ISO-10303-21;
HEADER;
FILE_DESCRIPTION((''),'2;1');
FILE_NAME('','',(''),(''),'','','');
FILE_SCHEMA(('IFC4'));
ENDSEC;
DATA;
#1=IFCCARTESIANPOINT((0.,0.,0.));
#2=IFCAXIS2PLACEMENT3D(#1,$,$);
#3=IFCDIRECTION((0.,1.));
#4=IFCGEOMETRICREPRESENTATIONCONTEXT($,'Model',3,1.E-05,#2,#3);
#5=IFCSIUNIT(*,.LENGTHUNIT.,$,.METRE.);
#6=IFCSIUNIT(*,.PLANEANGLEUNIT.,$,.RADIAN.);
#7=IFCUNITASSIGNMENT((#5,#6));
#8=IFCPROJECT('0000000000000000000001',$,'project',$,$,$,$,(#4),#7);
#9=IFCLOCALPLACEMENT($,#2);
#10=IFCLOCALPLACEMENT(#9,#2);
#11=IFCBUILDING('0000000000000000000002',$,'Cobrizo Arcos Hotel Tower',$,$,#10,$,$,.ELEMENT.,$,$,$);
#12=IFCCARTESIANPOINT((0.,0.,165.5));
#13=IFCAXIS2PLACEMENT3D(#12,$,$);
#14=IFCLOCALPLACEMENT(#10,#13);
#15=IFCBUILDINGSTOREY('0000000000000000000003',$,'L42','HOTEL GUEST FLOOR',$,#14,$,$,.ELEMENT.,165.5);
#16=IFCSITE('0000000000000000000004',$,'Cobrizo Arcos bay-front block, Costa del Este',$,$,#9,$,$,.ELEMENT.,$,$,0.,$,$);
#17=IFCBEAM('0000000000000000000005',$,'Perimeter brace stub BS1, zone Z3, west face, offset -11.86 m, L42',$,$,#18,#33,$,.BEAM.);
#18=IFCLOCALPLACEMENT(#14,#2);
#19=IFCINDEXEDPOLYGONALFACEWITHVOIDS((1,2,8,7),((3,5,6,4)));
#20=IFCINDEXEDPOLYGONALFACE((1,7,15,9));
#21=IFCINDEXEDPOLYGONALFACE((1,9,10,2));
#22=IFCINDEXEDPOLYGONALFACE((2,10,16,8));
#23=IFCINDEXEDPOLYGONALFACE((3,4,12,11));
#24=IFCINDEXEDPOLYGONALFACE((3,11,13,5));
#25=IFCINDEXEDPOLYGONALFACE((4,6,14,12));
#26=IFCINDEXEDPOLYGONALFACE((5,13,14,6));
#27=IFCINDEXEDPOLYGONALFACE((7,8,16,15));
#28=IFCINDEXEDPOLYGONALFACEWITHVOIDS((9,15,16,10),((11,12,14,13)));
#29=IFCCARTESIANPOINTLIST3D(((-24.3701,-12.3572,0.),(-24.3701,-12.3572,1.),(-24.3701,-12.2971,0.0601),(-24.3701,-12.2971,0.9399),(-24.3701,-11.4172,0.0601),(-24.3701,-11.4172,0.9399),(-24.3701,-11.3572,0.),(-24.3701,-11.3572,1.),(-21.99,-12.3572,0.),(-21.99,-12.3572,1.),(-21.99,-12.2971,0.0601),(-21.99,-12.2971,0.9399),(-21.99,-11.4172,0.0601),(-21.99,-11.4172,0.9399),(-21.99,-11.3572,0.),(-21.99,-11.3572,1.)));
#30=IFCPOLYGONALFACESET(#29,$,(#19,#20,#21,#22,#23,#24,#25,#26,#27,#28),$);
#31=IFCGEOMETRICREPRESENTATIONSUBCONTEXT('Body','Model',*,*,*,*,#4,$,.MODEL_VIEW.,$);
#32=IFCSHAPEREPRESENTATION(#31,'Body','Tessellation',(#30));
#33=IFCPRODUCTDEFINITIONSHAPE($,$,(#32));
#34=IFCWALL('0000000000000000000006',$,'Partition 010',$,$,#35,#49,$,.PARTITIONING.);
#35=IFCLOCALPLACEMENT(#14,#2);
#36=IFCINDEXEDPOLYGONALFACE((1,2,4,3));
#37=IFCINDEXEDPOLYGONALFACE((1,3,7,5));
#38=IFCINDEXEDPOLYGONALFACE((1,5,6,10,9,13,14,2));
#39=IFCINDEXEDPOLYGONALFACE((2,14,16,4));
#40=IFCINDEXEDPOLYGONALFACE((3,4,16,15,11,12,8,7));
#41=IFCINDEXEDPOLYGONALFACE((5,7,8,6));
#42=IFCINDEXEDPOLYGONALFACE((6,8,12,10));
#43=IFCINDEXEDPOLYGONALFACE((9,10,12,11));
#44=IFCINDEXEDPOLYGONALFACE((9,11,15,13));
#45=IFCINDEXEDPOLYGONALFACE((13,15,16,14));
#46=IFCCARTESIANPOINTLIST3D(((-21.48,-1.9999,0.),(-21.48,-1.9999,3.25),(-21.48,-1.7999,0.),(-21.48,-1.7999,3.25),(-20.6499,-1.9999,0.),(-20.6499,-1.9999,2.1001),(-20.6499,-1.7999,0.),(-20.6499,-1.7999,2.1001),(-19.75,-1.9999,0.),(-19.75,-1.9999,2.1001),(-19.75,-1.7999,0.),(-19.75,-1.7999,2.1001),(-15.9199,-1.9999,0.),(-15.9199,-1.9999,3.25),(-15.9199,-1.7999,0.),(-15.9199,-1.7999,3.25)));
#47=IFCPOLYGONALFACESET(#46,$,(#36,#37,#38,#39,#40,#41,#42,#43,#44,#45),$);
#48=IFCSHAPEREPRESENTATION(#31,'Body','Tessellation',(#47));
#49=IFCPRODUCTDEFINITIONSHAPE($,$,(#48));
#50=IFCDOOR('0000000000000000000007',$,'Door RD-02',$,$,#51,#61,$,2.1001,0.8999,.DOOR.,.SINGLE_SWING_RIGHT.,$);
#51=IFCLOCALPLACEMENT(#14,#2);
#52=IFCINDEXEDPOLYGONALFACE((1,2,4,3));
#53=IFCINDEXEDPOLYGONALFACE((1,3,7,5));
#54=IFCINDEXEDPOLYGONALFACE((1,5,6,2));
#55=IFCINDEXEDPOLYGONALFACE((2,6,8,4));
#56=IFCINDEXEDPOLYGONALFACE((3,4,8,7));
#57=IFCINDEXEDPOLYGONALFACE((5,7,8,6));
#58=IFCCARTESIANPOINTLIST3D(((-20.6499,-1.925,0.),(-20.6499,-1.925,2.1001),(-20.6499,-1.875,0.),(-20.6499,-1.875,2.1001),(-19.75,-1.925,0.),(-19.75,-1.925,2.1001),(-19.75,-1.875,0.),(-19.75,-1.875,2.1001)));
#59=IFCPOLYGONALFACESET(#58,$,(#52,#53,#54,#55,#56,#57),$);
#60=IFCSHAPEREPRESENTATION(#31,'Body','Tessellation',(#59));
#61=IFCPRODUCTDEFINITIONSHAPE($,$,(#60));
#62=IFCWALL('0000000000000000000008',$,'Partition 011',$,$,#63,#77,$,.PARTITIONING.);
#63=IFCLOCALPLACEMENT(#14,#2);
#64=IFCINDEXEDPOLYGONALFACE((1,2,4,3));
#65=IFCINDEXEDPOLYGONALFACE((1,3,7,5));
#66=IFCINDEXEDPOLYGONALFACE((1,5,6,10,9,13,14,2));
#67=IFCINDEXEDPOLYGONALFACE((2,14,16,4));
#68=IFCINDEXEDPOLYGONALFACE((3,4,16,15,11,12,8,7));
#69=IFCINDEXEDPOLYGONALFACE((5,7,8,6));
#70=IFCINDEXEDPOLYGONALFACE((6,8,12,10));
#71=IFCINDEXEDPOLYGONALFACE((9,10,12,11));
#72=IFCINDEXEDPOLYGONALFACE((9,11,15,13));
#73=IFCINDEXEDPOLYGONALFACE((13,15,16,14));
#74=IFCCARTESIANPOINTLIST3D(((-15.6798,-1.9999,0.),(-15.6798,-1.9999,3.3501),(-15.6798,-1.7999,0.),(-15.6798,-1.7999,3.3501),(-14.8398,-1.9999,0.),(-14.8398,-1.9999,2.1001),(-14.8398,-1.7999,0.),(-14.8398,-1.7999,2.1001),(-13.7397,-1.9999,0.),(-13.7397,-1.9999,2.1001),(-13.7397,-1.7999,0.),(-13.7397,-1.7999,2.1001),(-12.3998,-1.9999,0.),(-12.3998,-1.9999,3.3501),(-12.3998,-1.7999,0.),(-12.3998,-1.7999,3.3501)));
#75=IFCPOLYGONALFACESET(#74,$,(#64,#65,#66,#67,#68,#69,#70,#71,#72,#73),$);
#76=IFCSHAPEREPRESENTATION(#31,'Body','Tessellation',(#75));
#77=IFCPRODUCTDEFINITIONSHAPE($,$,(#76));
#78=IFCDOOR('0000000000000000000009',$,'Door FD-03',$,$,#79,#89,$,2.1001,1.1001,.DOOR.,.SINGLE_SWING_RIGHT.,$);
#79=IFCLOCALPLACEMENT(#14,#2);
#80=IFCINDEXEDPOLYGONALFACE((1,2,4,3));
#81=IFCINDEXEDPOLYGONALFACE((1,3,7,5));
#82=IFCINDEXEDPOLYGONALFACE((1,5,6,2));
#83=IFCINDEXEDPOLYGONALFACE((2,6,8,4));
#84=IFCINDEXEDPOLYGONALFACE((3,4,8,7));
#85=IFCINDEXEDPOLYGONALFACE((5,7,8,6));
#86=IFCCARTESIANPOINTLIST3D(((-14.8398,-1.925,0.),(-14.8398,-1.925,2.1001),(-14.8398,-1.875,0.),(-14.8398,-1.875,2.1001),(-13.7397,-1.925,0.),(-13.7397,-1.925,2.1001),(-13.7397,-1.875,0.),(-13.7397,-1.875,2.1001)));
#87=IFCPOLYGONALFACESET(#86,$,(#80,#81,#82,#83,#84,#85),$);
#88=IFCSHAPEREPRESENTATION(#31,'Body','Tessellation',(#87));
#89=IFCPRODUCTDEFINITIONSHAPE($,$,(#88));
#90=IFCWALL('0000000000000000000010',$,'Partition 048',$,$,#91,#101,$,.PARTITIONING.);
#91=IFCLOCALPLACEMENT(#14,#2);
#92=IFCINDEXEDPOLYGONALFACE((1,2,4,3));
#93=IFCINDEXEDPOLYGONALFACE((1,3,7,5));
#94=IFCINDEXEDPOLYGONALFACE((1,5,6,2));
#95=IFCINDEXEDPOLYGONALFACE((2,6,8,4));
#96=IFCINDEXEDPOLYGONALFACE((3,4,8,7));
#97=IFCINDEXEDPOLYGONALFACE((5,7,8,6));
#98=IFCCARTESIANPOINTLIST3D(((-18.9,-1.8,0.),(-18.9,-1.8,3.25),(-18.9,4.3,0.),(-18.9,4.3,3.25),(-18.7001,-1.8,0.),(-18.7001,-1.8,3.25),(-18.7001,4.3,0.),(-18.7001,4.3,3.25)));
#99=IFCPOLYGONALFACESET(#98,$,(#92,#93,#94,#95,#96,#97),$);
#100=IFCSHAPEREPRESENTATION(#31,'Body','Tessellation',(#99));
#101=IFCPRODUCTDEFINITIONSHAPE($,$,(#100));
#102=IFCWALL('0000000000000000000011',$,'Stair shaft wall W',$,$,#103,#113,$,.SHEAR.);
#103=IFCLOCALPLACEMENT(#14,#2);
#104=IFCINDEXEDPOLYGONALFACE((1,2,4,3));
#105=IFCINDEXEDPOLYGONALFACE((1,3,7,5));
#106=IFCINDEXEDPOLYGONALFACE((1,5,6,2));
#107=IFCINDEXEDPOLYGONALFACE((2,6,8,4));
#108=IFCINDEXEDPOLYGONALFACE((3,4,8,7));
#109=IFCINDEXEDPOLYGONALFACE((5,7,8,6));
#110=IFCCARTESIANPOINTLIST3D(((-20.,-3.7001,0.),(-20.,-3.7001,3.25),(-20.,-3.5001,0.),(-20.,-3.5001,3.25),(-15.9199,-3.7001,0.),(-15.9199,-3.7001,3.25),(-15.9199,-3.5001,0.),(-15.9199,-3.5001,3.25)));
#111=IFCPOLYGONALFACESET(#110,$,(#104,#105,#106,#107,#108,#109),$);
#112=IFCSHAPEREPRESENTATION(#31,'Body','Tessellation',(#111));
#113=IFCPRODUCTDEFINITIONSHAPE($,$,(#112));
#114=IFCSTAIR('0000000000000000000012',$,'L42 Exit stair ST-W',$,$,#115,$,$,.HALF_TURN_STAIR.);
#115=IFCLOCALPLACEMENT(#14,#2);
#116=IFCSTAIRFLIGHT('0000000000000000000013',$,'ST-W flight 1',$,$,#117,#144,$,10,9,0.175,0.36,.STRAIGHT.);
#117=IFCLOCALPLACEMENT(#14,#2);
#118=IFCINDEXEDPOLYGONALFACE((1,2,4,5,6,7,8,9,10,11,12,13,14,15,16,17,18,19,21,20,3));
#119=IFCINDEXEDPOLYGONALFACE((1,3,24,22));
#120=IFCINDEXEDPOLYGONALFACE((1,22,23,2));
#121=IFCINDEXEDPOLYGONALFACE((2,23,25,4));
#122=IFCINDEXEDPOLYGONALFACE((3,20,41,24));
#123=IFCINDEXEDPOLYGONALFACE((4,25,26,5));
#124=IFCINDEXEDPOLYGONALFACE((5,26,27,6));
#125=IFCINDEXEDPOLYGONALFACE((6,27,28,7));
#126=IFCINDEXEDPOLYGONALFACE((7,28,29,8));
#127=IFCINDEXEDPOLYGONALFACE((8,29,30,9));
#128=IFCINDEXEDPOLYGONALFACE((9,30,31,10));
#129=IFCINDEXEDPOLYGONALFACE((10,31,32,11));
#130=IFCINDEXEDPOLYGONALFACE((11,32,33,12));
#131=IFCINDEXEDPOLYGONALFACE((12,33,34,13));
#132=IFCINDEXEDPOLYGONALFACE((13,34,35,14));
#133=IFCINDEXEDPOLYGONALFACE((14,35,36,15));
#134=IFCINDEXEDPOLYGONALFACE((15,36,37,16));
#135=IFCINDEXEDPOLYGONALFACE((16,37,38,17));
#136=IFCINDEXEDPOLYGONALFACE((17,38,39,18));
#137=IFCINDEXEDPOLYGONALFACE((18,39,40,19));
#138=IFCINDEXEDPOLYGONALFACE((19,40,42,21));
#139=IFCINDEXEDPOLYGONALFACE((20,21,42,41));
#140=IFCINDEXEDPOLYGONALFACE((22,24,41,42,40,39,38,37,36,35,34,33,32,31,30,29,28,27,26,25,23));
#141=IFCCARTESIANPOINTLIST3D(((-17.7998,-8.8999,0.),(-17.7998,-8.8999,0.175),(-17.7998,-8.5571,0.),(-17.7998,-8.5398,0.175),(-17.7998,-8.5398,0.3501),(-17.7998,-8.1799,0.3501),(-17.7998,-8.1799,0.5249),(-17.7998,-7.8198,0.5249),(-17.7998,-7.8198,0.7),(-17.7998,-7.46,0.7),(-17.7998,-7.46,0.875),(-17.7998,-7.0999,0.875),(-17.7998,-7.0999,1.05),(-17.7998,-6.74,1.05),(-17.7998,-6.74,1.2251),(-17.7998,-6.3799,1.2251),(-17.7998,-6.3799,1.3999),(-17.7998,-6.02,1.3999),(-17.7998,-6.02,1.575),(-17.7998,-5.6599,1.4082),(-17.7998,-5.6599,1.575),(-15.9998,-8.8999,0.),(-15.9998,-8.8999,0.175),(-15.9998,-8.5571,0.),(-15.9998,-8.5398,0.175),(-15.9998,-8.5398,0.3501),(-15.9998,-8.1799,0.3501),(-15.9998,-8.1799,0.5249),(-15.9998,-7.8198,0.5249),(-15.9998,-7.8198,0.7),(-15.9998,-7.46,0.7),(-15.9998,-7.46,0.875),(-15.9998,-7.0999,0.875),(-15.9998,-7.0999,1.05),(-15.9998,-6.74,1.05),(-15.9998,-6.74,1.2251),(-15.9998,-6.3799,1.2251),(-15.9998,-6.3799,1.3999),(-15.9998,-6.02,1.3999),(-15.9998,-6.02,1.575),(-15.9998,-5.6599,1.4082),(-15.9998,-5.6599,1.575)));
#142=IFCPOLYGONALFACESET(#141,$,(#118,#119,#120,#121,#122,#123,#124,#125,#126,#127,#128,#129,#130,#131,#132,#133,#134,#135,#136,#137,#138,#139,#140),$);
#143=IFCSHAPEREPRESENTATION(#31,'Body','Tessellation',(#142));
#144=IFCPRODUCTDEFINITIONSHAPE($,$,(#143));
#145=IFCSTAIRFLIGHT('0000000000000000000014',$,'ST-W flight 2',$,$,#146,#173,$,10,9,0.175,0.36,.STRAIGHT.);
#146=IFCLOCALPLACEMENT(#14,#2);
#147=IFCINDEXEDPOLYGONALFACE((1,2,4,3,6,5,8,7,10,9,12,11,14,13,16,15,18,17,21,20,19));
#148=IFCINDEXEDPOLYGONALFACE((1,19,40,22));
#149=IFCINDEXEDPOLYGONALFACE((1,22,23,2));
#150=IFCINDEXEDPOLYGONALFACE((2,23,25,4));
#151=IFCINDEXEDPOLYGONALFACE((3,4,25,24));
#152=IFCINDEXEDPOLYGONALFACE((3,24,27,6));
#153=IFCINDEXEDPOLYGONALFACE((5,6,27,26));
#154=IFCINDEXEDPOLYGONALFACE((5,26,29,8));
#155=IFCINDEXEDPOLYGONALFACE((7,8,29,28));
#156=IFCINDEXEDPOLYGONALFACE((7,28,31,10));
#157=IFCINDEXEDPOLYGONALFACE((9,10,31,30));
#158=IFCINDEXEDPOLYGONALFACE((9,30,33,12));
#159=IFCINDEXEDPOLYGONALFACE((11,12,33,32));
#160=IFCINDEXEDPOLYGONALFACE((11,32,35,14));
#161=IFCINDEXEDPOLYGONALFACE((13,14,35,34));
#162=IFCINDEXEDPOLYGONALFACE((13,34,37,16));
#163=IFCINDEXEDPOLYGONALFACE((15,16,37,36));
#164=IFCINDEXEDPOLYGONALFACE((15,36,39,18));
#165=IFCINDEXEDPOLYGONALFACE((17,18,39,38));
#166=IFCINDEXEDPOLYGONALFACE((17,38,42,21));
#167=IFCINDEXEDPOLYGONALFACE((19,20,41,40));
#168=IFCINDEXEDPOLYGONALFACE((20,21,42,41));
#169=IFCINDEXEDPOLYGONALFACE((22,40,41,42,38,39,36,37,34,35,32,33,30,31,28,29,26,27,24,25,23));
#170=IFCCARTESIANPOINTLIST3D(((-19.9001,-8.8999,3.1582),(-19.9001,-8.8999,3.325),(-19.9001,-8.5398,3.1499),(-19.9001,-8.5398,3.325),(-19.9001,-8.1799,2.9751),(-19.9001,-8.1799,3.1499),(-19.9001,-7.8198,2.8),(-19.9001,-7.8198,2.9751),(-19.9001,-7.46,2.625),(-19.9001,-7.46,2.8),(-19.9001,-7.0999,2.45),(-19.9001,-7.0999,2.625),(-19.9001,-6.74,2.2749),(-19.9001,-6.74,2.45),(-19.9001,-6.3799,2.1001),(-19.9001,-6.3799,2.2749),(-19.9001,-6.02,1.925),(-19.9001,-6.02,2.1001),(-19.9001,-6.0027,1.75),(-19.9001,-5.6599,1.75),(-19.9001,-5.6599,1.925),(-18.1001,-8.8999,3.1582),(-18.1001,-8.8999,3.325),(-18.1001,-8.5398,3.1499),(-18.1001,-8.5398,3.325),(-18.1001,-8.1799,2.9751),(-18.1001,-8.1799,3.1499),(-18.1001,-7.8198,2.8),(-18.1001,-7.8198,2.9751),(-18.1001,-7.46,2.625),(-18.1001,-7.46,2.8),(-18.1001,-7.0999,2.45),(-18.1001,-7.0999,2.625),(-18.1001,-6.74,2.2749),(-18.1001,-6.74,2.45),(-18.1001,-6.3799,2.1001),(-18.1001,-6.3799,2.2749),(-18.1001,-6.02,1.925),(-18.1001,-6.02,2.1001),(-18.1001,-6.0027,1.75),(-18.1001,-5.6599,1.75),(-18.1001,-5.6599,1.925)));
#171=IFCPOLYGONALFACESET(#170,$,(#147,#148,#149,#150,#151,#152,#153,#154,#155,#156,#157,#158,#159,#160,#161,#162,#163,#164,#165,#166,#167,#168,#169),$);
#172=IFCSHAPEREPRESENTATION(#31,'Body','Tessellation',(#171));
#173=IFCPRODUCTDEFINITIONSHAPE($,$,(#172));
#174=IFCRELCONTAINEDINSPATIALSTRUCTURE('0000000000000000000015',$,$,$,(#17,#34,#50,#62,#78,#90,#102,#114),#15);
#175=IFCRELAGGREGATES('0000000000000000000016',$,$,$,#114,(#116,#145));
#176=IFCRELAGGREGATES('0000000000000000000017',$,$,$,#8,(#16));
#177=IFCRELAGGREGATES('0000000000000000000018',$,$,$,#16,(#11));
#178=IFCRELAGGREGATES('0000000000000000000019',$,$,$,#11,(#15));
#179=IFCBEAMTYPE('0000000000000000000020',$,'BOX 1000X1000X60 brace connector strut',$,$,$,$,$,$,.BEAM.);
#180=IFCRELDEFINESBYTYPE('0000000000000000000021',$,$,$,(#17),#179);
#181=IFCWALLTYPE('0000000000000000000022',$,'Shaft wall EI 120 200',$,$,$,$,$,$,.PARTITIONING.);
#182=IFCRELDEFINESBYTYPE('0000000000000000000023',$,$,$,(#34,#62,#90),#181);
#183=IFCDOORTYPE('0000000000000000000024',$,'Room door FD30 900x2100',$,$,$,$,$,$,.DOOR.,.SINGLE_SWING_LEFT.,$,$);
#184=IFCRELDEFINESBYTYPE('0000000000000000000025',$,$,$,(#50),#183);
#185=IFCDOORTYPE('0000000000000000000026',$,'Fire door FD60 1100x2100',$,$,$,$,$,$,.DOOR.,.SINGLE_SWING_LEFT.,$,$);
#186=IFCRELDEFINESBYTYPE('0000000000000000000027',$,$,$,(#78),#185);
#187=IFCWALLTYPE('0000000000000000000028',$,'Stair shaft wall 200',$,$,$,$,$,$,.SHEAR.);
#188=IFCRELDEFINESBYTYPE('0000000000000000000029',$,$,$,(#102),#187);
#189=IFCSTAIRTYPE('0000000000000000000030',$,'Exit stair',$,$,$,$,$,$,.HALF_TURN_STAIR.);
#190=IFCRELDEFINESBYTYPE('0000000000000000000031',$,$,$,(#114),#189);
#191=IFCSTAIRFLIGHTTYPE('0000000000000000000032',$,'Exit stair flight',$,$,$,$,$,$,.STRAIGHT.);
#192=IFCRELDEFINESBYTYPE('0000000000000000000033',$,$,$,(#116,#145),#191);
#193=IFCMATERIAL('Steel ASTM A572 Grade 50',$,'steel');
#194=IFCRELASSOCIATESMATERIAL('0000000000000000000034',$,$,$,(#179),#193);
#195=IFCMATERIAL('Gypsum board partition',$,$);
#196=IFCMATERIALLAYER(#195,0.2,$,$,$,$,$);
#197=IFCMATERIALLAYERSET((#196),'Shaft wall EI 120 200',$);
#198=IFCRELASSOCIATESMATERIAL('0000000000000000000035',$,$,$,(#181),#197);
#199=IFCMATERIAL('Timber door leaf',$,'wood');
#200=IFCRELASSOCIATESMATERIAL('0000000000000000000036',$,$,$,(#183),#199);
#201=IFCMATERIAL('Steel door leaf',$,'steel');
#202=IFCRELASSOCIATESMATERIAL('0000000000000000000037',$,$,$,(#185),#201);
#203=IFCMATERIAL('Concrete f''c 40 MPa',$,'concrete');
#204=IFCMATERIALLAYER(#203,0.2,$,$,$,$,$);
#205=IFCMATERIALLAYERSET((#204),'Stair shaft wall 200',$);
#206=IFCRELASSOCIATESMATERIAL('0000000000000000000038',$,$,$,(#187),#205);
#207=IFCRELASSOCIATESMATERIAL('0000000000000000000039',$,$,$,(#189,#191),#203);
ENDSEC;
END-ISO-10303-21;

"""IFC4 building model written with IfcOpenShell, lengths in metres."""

from ifc_helpers import new_model, si_unit, direction, frame, frame_2d, origin, origin_2d, place, context, subcontext, project, spatial, polyline, rectangle, hollow_rectangle, outline, extrude, material, layer, layer_set, material_profile, profile_set, type_object, element, fill, aggregate, save


model = new_model("IFC4")

# Units and contexts
model_context = context("Model", 3, precision=1e-05, world=origin(), true_north=direction((0.0, 1.0)))
body_context = subcontext(model_context, "Body", "Model", "MODEL_VIEW")
ifc_project = project(units=[si_unit("LENGTHUNIT", "METRE"), si_unit("PLANEANGLEUNIT", "RADIAN")], contexts=[model_context])

# Site, building, storey
site_placement = place(None, origin())
site = spatial("IfcSite", under=ifc_project, at=site_placement, Name="Cobrizo Arcos bay-front block, Costa del Este", CompositionType="ELEMENT", RefElevation=0.0)
building_placement = place(site_placement, origin())
building = spatial("IfcBuilding", under=site, at=building_placement, Name="Cobrizo Arcos Hotel Tower", CompositionType="ELEMENT")
storey_placement = place(building_placement, frame((0.0, 0.0, 165.5)))
storey = spatial("IfcBuildingStorey", under=building, at=storey_placement, Name="L42", Description="HOTEL GUEST FLOOR", CompositionType="ELEMENT", Elevation=165.5)

# Beam
ifc_material_1 = material(Name="Steel ASTM A572 Grade 50", Category="steel")
ifc_material_profile = material_profile(ifc_material_1, hollow_rectangle(XDim=1.0, YDim=1.0, WallThickness=0.0601, at=origin_2d()), Name="BOX 1000X1000X60")
ifc_profile_set = profile_set([ifc_material_profile], Name="Steel ASTM A572 Grade 50")
beam_type = type_object("IfcBeamType", Name="BOX 1000X1000X60 brace connector strut", PredefinedType="BEAM", material=ifc_profile_set)
beam_placement = place(storey_placement, frame((-21.99, -11.8572, 0.5), z_axis=(-1.0, 0.0, 0.0), x_axis=(0.0, -1.0, 0.0)))
element("IfcBeam", 1, at=beam_placement, inside=storey, type_object=beam_type, Name="Perimeter brace stub BS1, zone Z3, west face, offset -11.86 m, L42", PredefinedType="BEAM", context=body_context, shape_type="SweptSolid", body=[
    extrude(hollow_rectangle(XDim=1.0, YDim=1.0, WallThickness=0.0601, at=origin_2d()), origin(), (0.0, 0.0, 1.0), 2.3801),
])

# Walls, openings, doors
ifc_material_2 = material(Name="Gypsum board partition")
ifc_layer_1 = layer(ifc_material_2, 0.2)
ifc_layer_set_1 = layer_set([ifc_layer_1], Name="Shaft wall EI 120 200")
wall_type_1 = type_object("IfcWallType", Name="Shaft wall EI 120 200", PredefinedType="PARTITIONING", material=ifc_layer_set_1)
wall_1_placement = place(storey_placement, frame((-21.48, -1.8999, 0.0), z_axis=(0.0, 0.0, 1.0), x_axis=(1.0, 0.0, 0.0)))
wall_1 = element("IfcWall", 2, at=wall_1_placement, inside=storey, type_object=wall_type_1, Name="Partition 010", PredefinedType="PARTITIONING", context=body_context, shape_type="SweptSolid", body=[
    extrude(rectangle(XDim=5.5601, YDim=0.2, at=frame_2d((2.78, 0.0))), origin(), (0.0, 0.0, 1.0), 3.25),
])
opening_1_placement = place(wall_1_placement, frame((0.8301, 0.0, 0.0)))
opening_1 = element("IfcOpeningElement", 3, at=opening_1_placement, cuts=wall_1, PredefinedType="OPENING", context=body_context, shape_type="SweptSolid", body=[
    extrude(rectangle(XDim=0.8999, YDim=2.1001, at=frame_2d((0.45, 1.05))), frame((0.0, 0.1121, 0.0), z_axis=(0.0, -1.0, 0.0), x_axis=(1.0, 0.0, 0.0)), (0.0, 0.0, 1.0), 0.2239),
])
ifc_material_3 = material(Name="Timber door leaf", Category="wood")
door_type_1 = type_object("IfcDoorType", Name="Room door FD30 900x2100", OperationType="SINGLE_SWING_LEFT", PredefinedType="DOOR", material=ifc_material_3)
door_1_placement = place(opening_1_placement, origin())
door_1 = element("IfcDoor", 4, at=door_1_placement, inside=storey, type_object=door_type_1, Name="Door RD-02", OperationType="SINGLE_SWING_RIGHT", OverallHeight=2.1001, OverallWidth=0.8999, PredefinedType="DOOR", context=body_context, shape_type="SweptSolid", body=[
    extrude(rectangle(XDim=0.8999, YDim=2.1001, at=frame_2d((0.45, 1.05))), frame((0.0, 0.0249, 0.0), z_axis=(0.0, -1.0, 0.0), x_axis=(1.0, 0.0, 0.0)), (0.0, 0.0, 1.0), 0.05),
])
fill(opening_1, door_1)
wall_2_placement = place(storey_placement, frame((-15.6799, -1.8999, 0.0), z_axis=(0.0, 0.0, 1.0), x_axis=(1.0, 0.0, 0.0)))
wall_2 = element("IfcWall", 5, at=wall_2_placement, inside=storey, type_object=wall_type_1, Name="Partition 011", PredefinedType="PARTITIONING", context=body_context, shape_type="SweptSolid", body=[
    extrude(rectangle(XDim=3.28, YDim=0.2, at=frame_2d((1.6401, 0.0))), origin(), (0.0, 0.0, 1.0), 3.3501),
])
opening_2_placement = place(wall_2_placement, frame((0.8401, 0.0, 0.0)))
opening_2 = element("IfcOpeningElement", 6, at=opening_2_placement, cuts=wall_2, PredefinedType="OPENING", context=body_context, shape_type="SweptSolid", body=[
    extrude(rectangle(XDim=1.1001, YDim=2.1001, at=frame_2d((0.55, 1.05))), frame((0.0, 0.1121, 0.0), z_axis=(0.0, -1.0, 0.0), x_axis=(1.0, 0.0, 0.0)), (0.0, 0.0, 1.0), 0.2239),
])
ifc_material_4 = material(Name="Steel door leaf", Category="steel")
door_type_2 = type_object("IfcDoorType", Name="Fire door FD60 1100x2100", OperationType="SINGLE_SWING_LEFT", PredefinedType="DOOR", material=ifc_material_4)
door_2_placement = place(opening_2_placement, origin())
door_2 = element("IfcDoor", 7, at=door_2_placement, inside=storey, type_object=door_type_2, Name="Door FD-03", OperationType="SINGLE_SWING_RIGHT", OverallHeight=2.1001, OverallWidth=1.1001, PredefinedType="DOOR", context=body_context, shape_type="SweptSolid", body=[
    extrude(rectangle(XDim=1.1001, YDim=2.1001, at=frame_2d((0.55, 1.05))), frame((0.0, 0.0249, 0.0), z_axis=(0.0, -1.0, 0.0), x_axis=(1.0, 0.0, 0.0)), (0.0, 0.0, 1.0), 0.05),
])
fill(opening_2, door_2)

# Walls
wall_3_placement = place(storey_placement, frame((-18.8, -1.8, 0.0), z_axis=(0.0, 0.0, 1.0), x_axis=(0.0, 1.0, 0.0)))
element("IfcWall", 8, at=wall_3_placement, inside=storey, type_object=wall_type_1, Name="Partition 048", PredefinedType="PARTITIONING", context=body_context, shape_type="SweptSolid", body=[
    extrude(rectangle(XDim=6.1001, YDim=0.2, at=frame_2d((3.05, 0.0))), origin(), (0.0, 0.0, 1.0), 3.25),
])
ifc_material_5 = material(Name="Concrete f'c 40 MPa", Category="concrete")
ifc_layer_2 = layer(ifc_material_5, 0.2)
ifc_layer_set_2 = layer_set([ifc_layer_2], Name="Stair shaft wall 200")
wall_type_2 = type_object("IfcWallType", Name="Stair shaft wall 200", PredefinedType="SHEAR", material=ifc_layer_set_2)
wall_4_placement = place(storey_placement, frame((-20.0, -3.6001, 0.0), z_axis=(0.0, 0.0, 1.0), x_axis=(1.0, 0.0, 0.0)))
element("IfcWall", 9, at=wall_4_placement, inside=storey, type_object=wall_type_2, Name="Stair shaft wall W", PredefinedType="SHEAR", context=body_context, shape_type="SweptSolid", body=[
    extrude(rectangle(XDim=4.0801, YDim=0.2, at=frame_2d((2.04, 0.0))), origin(), (0.0, 0.0, 1.0), 3.25),
])

# Stair, stair flights
stair_type = type_object("IfcStairType", Name="Exit stair", PredefinedType="HALF_TURN_STAIR", material=ifc_material_5)
stair_placement = place(storey_placement, origin())
stair = element("IfcStair", 10, at=stair_placement, inside=storey, type_object=stair_type, Name="L42 Exit stair ST-W", PredefinedType="HALF_TURN_STAIR")
stair_flight_type = type_object("IfcStairFlightType", Name="Exit stair flight", PredefinedType="STRAIGHT", material=ifc_material_5)
stair_flight_1_placement = place(storey_placement, frame((-16.8999, -8.8999, 0.0), z_axis=(0.0, 0.0, 1.0), x_axis=(0.0, 1.0, 0.0)))
stair_flight_1 = element("IfcStairFlight", 11, at=stair_flight_1_placement, type_object=stair_flight_type, Name="ST-W flight 1", NumberOfRisers=10, NumberOfTreads=9, PredefinedType="STRAIGHT", RiserHeight=0.175, TreadLength=0.36, context=body_context, shape_type="SweptSolid", body=[
    extrude(outline(polyline([(0.0, 0.0), (0.0, 0.175), (0.3601, 0.175), (0.3601, 0.3501), (0.72, 0.3501), (0.72, 0.5249), (1.0801, 0.5249), (1.0801, 0.7), (1.4399, 0.7), (1.4399, 0.875), (1.8, 0.875), (1.8, 1.05), (2.1599, 1.05), (2.1599, 1.2251), (2.52, 1.2251), (2.52, 1.3999), (2.8799, 1.3999), (2.8799, 1.575), (3.24, 1.575), (3.24, 1.75), (3.24, 1.4082), (0.3428, 0.0), (0.0, 0.0)])), frame((0.0, 0.8999, 0.0), z_axis=(0.0, -1.0, 0.0), x_axis=(1.0, 0.0, 0.0)), (0.0, 0.0, 1.0), 1.8),
])
stair_flight_2_placement = place(storey_placement, frame((-19.0, -5.6599, 1.75), z_axis=(0.0, 0.0, 1.0), x_axis=(0.0, -1.0, 0.0)))
stair_flight_2 = element("IfcStairFlight", 12, at=stair_flight_2_placement, type_object=stair_flight_type, Name="ST-W flight 2", NumberOfRisers=10, NumberOfTreads=9, PredefinedType="STRAIGHT", RiserHeight=0.175, TreadLength=0.36, context=body_context, shape_type="SweptSolid", body=[
    extrude(outline(polyline([(0.0, 0.0), (0.0, 0.175), (0.3601, 0.175), (0.3601, 0.3501), (0.72, 0.3501), (0.72, 0.5249), (1.0801, 0.5249), (1.0801, 0.7), (1.4399, 0.7), (1.4399, 0.875), (1.8, 0.875), (1.8, 1.05), (2.1599, 1.05), (2.1599, 1.2251), (2.52, 1.2251), (2.52, 1.3999), (2.8799, 1.3999), (2.8799, 1.575), (3.24, 1.575), (3.24, 1.75), (3.24, 1.4082), (0.3428, 0.0), (0.0, 0.0)])), frame((0.0, 0.8999, 0.0), z_axis=(0.0, -1.0, 0.0), x_axis=(1.0, 0.0, 0.0)), (0.0, 0.0, 1.0), 1.8),
])
aggregate(stair, [stair_flight_1, stair_flight_2])

save(model, "model.ifc")
